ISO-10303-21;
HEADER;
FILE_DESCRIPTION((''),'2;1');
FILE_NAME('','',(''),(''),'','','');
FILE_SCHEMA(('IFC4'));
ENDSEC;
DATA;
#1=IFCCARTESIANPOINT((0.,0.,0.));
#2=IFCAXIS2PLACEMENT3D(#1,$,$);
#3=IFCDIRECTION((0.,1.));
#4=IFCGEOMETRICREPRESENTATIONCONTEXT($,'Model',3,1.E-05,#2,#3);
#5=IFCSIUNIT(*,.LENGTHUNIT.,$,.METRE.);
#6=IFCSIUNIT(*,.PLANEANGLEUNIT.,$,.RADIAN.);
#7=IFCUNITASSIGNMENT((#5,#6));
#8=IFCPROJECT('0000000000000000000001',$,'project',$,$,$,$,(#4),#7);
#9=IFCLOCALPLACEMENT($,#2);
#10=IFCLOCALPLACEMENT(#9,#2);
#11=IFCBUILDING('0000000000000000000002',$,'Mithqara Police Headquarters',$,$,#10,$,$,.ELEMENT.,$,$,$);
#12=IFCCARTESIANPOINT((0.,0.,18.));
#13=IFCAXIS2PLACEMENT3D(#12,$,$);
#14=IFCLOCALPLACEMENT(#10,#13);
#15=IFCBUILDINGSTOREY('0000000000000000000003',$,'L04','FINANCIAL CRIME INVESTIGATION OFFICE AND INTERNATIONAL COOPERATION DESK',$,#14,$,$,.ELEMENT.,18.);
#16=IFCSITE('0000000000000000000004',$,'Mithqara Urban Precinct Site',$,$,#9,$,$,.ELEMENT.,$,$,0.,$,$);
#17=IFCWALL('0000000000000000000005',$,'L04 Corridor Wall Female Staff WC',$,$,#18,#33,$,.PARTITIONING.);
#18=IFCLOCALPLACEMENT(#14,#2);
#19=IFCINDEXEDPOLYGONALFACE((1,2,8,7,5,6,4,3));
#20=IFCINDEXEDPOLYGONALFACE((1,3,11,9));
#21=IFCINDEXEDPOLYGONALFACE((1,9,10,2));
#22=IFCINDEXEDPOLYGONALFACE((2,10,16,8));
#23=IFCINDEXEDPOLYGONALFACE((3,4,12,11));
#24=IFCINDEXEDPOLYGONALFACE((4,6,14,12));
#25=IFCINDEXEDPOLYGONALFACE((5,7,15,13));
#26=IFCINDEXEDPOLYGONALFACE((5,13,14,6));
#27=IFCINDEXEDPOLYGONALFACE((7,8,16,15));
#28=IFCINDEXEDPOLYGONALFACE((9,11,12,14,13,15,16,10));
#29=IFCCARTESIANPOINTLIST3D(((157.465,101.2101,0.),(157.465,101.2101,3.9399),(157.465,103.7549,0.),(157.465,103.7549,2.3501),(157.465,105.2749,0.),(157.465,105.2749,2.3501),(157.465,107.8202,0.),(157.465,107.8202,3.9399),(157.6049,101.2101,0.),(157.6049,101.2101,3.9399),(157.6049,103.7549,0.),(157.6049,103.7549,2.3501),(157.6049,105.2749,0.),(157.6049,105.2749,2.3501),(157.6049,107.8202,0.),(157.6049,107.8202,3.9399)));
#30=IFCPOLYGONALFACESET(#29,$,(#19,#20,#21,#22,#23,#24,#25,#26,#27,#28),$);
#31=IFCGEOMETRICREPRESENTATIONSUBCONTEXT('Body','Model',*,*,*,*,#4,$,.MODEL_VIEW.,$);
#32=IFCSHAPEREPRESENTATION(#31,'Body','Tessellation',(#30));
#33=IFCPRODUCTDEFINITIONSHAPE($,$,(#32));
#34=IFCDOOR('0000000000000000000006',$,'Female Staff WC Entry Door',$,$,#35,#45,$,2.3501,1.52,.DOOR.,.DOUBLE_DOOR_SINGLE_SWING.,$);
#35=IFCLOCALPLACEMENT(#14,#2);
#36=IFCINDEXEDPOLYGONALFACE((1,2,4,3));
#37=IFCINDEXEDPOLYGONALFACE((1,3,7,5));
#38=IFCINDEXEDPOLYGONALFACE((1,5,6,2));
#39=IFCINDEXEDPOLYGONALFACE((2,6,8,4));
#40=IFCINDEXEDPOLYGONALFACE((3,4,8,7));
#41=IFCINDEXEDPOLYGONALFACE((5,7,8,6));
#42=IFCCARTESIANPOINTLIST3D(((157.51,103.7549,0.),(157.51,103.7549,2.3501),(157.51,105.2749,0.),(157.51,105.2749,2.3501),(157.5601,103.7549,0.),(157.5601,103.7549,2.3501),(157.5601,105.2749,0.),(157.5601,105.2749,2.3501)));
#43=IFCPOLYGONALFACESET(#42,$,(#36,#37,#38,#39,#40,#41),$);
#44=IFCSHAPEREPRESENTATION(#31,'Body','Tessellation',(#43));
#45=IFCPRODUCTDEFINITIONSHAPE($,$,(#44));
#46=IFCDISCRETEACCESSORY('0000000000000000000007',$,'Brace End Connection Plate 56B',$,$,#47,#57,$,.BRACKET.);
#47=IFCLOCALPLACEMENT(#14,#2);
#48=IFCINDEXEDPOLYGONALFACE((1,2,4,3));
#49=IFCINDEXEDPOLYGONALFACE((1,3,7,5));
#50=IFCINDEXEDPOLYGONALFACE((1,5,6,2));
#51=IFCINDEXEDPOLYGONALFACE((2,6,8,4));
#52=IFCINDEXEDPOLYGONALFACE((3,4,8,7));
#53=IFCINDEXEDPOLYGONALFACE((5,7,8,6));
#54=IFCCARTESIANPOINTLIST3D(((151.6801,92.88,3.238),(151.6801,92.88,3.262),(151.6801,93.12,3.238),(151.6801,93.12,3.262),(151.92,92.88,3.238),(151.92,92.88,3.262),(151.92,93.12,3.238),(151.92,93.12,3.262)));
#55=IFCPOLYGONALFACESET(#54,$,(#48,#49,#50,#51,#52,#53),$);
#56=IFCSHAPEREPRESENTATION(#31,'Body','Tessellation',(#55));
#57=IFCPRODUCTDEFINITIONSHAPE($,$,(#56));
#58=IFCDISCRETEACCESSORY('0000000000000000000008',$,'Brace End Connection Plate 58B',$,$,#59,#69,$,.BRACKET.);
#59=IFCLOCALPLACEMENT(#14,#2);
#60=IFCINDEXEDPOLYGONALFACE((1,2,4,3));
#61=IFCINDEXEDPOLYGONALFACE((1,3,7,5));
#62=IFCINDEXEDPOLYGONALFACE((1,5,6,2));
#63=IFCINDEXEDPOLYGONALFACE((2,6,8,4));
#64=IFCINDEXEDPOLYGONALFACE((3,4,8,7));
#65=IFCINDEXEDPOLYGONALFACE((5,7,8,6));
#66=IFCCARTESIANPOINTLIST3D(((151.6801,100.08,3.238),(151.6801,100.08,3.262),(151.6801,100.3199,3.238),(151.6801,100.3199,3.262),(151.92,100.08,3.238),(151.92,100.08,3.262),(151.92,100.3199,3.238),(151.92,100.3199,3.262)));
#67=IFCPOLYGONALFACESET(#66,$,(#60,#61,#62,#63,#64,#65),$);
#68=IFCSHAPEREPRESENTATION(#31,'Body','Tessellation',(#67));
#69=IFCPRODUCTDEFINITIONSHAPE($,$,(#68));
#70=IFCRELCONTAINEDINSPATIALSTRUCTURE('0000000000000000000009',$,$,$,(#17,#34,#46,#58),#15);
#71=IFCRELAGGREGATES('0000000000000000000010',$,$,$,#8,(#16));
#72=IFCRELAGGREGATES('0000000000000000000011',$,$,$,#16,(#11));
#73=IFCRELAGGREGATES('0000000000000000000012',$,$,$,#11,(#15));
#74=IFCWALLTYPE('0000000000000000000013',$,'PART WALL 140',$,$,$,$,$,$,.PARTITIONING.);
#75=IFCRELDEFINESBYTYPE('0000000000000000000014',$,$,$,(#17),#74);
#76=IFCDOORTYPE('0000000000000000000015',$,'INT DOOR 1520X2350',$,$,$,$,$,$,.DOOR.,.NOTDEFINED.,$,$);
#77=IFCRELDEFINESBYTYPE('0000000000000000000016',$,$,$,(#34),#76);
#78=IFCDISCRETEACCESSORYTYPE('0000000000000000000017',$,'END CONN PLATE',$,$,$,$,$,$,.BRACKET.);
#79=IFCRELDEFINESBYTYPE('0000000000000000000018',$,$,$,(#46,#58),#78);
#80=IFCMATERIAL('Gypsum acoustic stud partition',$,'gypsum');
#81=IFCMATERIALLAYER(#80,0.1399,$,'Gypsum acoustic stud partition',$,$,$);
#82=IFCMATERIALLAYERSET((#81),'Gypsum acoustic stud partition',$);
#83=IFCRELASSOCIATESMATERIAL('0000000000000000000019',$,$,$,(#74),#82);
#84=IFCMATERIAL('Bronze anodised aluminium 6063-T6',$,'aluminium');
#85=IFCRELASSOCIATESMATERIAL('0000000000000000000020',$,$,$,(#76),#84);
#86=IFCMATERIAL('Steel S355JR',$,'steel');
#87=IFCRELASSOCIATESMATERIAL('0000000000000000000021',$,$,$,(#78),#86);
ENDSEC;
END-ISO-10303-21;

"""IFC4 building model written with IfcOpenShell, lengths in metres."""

from ifc_helpers import new_model, si_unit, direction, frame, frame_2d, origin, origin_2d, place, context, subcontext, project, spatial, rectangle, extrude, material, layer, layer_set, type_object, element, fill, save


model = new_model("IFC4")

# Units and contexts
model_context = context("Model", 3, precision=1e-05, world=origin(), true_north=direction((0.0, 1.0)))
body_context = subcontext(model_context, "Body", "Model", "MODEL_VIEW")
ifc_project = project(units=[si_unit("LENGTHUNIT", "METRE"), si_unit("PLANEANGLEUNIT", "RADIAN")], contexts=[model_context])

# Site, building, storey
site_placement = place(None, origin())
site = spatial("IfcSite", under=ifc_project, at=site_placement, Name="Mithqara Urban Precinct Site", CompositionType="ELEMENT", RefElevation=0.0)
building_placement = place(site_placement, origin())
building = spatial("IfcBuilding", under=site, at=building_placement, Name="Mithqara Police Headquarters", CompositionType="ELEMENT")
storey_placement = place(building_placement, frame((0.0, 0.0, 18.0)))
storey = spatial("IfcBuildingStorey", under=building, at=storey_placement, Name="L04", Description="FINANCIAL CRIME INVESTIGATION OFFICE AND INTERNATIONAL COOPERATION DESK", CompositionType="ELEMENT", Elevation=18.0)

# Shared definitions
ifc_material_1 = material(Name="Steel S355JR", Category="steel")

# Shared definitions
ifc_material_2 = material(Name="Gypsum acoustic stud partition", Category="gypsum")
ifc_layer = layer(ifc_material_2, 0.1399, Name="Gypsum acoustic stud partition")
ifc_layer_set = layer_set([ifc_layer], Name="Gypsum acoustic stud partition")
wall_type = type_object("IfcWallType", Name="PART WALL 140", PredefinedType="PARTITIONING", material=ifc_layer_set)

# Shared definitions
ifc_material_3 = material(Name="Bronze anodised aluminium 6063-T6", Category="aluminium")

# Wall, opening, door
wall_1_placement = place(storey_placement, frame((157.5349, 101.21, 0.0), z_axis=(0.0, 0.0, 1.0), x_axis=(0.0, 1.0, 0.0)))
wall_1 = element("IfcWall", 1, at=wall_1_placement, inside=storey, type_object=wall_type, Name="L04 Corridor Wall Female Staff WC", PredefinedType="PARTITIONING", context=body_context, shape_type="SweptSolid", body=[
    extrude(rectangle(XDim=6.6101, YDim=0.1399, at=frame_2d((3.3052, 0.0))), origin(), (0.0, 0.0, 1.0), 3.9399),
])
opening_1_placement = place(wall_1_placement, frame((2.5449, 0.0, 0.0)))
opening_1 = element("IfcOpeningElement", 2, at=opening_1_placement, cuts=wall_1, PredefinedType="OPENING", context=body_context, shape_type="SweptSolid", body=[
    extrude(rectangle(XDim=1.52, YDim=2.3501, at=frame_2d((0.76, 1.175))), frame((0.0, 0.0801, 0.0), z_axis=(0.0, -1.0, 0.0), x_axis=(1.0, 0.0, 0.0)), (0.0, 0.0, 1.0), 0.1599),
])
door_type_1 = type_object("IfcDoorType", Name="INT DOOR 1520X2350", OperationType="NOTDEFINED", PredefinedType="DOOR", material=ifc_material_3)
door_1_placement = place(opening_1_placement, origin())
door_1 = element("IfcDoor", 3, at=door_1_placement, inside=storey, type_object=door_type_1, Name="Female Staff WC Entry Door", OperationType="DOUBLE_DOOR_SINGLE_SWING", OverallHeight=2.3501, OverallWidth=1.52, PredefinedType="DOOR", context=body_context, shape_type="SweptSolid", body=[
    extrude(rectangle(XDim=1.52, YDim=2.3501, at=frame_2d((0.76, 1.175))), frame((0.0, 0.0249, 0.0), z_axis=(0.0, -1.0, 0.0), x_axis=(1.0, 0.0, 0.0)), (0.0, 0.0, 1.0), 0.05),
])
fill(opening_1, door_1)

# Discrete accessories
discrete_accessory_type = type_object("IfcDiscreteAccessoryType", Name="END CONN PLATE", PredefinedType="BRACKET", material=ifc_material_1)
for number, where, z_axis, x_axis, name in (
    (4, (151.8, 93.0, 3.238), (0.0, 0.0, 1.0), (1.0, 0.0, 0.0), "Brace End Connection Plate 56B"),
    (5, (151.8, 100.2, 3.238), (0.0, 0.0, 1.0), (1.0, 0.0, 0.0), "Brace End Connection Plate 58B"),
):
    element("IfcDiscreteAccessory", number, at=place(storey_placement, frame(where, z_axis=z_axis, x_axis=x_axis)), inside=storey, type_object=discrete_accessory_type, Name=name, PredefinedType="BRACKET", context=body_context, shape_type="SweptSolid", body=[
        extrude(rectangle(XDim=0.24, YDim=0.24, at=origin_2d()), origin(), (0.0, 0.0, 1.0), 0.0239),
    ])

save(model, "model.ifc")
